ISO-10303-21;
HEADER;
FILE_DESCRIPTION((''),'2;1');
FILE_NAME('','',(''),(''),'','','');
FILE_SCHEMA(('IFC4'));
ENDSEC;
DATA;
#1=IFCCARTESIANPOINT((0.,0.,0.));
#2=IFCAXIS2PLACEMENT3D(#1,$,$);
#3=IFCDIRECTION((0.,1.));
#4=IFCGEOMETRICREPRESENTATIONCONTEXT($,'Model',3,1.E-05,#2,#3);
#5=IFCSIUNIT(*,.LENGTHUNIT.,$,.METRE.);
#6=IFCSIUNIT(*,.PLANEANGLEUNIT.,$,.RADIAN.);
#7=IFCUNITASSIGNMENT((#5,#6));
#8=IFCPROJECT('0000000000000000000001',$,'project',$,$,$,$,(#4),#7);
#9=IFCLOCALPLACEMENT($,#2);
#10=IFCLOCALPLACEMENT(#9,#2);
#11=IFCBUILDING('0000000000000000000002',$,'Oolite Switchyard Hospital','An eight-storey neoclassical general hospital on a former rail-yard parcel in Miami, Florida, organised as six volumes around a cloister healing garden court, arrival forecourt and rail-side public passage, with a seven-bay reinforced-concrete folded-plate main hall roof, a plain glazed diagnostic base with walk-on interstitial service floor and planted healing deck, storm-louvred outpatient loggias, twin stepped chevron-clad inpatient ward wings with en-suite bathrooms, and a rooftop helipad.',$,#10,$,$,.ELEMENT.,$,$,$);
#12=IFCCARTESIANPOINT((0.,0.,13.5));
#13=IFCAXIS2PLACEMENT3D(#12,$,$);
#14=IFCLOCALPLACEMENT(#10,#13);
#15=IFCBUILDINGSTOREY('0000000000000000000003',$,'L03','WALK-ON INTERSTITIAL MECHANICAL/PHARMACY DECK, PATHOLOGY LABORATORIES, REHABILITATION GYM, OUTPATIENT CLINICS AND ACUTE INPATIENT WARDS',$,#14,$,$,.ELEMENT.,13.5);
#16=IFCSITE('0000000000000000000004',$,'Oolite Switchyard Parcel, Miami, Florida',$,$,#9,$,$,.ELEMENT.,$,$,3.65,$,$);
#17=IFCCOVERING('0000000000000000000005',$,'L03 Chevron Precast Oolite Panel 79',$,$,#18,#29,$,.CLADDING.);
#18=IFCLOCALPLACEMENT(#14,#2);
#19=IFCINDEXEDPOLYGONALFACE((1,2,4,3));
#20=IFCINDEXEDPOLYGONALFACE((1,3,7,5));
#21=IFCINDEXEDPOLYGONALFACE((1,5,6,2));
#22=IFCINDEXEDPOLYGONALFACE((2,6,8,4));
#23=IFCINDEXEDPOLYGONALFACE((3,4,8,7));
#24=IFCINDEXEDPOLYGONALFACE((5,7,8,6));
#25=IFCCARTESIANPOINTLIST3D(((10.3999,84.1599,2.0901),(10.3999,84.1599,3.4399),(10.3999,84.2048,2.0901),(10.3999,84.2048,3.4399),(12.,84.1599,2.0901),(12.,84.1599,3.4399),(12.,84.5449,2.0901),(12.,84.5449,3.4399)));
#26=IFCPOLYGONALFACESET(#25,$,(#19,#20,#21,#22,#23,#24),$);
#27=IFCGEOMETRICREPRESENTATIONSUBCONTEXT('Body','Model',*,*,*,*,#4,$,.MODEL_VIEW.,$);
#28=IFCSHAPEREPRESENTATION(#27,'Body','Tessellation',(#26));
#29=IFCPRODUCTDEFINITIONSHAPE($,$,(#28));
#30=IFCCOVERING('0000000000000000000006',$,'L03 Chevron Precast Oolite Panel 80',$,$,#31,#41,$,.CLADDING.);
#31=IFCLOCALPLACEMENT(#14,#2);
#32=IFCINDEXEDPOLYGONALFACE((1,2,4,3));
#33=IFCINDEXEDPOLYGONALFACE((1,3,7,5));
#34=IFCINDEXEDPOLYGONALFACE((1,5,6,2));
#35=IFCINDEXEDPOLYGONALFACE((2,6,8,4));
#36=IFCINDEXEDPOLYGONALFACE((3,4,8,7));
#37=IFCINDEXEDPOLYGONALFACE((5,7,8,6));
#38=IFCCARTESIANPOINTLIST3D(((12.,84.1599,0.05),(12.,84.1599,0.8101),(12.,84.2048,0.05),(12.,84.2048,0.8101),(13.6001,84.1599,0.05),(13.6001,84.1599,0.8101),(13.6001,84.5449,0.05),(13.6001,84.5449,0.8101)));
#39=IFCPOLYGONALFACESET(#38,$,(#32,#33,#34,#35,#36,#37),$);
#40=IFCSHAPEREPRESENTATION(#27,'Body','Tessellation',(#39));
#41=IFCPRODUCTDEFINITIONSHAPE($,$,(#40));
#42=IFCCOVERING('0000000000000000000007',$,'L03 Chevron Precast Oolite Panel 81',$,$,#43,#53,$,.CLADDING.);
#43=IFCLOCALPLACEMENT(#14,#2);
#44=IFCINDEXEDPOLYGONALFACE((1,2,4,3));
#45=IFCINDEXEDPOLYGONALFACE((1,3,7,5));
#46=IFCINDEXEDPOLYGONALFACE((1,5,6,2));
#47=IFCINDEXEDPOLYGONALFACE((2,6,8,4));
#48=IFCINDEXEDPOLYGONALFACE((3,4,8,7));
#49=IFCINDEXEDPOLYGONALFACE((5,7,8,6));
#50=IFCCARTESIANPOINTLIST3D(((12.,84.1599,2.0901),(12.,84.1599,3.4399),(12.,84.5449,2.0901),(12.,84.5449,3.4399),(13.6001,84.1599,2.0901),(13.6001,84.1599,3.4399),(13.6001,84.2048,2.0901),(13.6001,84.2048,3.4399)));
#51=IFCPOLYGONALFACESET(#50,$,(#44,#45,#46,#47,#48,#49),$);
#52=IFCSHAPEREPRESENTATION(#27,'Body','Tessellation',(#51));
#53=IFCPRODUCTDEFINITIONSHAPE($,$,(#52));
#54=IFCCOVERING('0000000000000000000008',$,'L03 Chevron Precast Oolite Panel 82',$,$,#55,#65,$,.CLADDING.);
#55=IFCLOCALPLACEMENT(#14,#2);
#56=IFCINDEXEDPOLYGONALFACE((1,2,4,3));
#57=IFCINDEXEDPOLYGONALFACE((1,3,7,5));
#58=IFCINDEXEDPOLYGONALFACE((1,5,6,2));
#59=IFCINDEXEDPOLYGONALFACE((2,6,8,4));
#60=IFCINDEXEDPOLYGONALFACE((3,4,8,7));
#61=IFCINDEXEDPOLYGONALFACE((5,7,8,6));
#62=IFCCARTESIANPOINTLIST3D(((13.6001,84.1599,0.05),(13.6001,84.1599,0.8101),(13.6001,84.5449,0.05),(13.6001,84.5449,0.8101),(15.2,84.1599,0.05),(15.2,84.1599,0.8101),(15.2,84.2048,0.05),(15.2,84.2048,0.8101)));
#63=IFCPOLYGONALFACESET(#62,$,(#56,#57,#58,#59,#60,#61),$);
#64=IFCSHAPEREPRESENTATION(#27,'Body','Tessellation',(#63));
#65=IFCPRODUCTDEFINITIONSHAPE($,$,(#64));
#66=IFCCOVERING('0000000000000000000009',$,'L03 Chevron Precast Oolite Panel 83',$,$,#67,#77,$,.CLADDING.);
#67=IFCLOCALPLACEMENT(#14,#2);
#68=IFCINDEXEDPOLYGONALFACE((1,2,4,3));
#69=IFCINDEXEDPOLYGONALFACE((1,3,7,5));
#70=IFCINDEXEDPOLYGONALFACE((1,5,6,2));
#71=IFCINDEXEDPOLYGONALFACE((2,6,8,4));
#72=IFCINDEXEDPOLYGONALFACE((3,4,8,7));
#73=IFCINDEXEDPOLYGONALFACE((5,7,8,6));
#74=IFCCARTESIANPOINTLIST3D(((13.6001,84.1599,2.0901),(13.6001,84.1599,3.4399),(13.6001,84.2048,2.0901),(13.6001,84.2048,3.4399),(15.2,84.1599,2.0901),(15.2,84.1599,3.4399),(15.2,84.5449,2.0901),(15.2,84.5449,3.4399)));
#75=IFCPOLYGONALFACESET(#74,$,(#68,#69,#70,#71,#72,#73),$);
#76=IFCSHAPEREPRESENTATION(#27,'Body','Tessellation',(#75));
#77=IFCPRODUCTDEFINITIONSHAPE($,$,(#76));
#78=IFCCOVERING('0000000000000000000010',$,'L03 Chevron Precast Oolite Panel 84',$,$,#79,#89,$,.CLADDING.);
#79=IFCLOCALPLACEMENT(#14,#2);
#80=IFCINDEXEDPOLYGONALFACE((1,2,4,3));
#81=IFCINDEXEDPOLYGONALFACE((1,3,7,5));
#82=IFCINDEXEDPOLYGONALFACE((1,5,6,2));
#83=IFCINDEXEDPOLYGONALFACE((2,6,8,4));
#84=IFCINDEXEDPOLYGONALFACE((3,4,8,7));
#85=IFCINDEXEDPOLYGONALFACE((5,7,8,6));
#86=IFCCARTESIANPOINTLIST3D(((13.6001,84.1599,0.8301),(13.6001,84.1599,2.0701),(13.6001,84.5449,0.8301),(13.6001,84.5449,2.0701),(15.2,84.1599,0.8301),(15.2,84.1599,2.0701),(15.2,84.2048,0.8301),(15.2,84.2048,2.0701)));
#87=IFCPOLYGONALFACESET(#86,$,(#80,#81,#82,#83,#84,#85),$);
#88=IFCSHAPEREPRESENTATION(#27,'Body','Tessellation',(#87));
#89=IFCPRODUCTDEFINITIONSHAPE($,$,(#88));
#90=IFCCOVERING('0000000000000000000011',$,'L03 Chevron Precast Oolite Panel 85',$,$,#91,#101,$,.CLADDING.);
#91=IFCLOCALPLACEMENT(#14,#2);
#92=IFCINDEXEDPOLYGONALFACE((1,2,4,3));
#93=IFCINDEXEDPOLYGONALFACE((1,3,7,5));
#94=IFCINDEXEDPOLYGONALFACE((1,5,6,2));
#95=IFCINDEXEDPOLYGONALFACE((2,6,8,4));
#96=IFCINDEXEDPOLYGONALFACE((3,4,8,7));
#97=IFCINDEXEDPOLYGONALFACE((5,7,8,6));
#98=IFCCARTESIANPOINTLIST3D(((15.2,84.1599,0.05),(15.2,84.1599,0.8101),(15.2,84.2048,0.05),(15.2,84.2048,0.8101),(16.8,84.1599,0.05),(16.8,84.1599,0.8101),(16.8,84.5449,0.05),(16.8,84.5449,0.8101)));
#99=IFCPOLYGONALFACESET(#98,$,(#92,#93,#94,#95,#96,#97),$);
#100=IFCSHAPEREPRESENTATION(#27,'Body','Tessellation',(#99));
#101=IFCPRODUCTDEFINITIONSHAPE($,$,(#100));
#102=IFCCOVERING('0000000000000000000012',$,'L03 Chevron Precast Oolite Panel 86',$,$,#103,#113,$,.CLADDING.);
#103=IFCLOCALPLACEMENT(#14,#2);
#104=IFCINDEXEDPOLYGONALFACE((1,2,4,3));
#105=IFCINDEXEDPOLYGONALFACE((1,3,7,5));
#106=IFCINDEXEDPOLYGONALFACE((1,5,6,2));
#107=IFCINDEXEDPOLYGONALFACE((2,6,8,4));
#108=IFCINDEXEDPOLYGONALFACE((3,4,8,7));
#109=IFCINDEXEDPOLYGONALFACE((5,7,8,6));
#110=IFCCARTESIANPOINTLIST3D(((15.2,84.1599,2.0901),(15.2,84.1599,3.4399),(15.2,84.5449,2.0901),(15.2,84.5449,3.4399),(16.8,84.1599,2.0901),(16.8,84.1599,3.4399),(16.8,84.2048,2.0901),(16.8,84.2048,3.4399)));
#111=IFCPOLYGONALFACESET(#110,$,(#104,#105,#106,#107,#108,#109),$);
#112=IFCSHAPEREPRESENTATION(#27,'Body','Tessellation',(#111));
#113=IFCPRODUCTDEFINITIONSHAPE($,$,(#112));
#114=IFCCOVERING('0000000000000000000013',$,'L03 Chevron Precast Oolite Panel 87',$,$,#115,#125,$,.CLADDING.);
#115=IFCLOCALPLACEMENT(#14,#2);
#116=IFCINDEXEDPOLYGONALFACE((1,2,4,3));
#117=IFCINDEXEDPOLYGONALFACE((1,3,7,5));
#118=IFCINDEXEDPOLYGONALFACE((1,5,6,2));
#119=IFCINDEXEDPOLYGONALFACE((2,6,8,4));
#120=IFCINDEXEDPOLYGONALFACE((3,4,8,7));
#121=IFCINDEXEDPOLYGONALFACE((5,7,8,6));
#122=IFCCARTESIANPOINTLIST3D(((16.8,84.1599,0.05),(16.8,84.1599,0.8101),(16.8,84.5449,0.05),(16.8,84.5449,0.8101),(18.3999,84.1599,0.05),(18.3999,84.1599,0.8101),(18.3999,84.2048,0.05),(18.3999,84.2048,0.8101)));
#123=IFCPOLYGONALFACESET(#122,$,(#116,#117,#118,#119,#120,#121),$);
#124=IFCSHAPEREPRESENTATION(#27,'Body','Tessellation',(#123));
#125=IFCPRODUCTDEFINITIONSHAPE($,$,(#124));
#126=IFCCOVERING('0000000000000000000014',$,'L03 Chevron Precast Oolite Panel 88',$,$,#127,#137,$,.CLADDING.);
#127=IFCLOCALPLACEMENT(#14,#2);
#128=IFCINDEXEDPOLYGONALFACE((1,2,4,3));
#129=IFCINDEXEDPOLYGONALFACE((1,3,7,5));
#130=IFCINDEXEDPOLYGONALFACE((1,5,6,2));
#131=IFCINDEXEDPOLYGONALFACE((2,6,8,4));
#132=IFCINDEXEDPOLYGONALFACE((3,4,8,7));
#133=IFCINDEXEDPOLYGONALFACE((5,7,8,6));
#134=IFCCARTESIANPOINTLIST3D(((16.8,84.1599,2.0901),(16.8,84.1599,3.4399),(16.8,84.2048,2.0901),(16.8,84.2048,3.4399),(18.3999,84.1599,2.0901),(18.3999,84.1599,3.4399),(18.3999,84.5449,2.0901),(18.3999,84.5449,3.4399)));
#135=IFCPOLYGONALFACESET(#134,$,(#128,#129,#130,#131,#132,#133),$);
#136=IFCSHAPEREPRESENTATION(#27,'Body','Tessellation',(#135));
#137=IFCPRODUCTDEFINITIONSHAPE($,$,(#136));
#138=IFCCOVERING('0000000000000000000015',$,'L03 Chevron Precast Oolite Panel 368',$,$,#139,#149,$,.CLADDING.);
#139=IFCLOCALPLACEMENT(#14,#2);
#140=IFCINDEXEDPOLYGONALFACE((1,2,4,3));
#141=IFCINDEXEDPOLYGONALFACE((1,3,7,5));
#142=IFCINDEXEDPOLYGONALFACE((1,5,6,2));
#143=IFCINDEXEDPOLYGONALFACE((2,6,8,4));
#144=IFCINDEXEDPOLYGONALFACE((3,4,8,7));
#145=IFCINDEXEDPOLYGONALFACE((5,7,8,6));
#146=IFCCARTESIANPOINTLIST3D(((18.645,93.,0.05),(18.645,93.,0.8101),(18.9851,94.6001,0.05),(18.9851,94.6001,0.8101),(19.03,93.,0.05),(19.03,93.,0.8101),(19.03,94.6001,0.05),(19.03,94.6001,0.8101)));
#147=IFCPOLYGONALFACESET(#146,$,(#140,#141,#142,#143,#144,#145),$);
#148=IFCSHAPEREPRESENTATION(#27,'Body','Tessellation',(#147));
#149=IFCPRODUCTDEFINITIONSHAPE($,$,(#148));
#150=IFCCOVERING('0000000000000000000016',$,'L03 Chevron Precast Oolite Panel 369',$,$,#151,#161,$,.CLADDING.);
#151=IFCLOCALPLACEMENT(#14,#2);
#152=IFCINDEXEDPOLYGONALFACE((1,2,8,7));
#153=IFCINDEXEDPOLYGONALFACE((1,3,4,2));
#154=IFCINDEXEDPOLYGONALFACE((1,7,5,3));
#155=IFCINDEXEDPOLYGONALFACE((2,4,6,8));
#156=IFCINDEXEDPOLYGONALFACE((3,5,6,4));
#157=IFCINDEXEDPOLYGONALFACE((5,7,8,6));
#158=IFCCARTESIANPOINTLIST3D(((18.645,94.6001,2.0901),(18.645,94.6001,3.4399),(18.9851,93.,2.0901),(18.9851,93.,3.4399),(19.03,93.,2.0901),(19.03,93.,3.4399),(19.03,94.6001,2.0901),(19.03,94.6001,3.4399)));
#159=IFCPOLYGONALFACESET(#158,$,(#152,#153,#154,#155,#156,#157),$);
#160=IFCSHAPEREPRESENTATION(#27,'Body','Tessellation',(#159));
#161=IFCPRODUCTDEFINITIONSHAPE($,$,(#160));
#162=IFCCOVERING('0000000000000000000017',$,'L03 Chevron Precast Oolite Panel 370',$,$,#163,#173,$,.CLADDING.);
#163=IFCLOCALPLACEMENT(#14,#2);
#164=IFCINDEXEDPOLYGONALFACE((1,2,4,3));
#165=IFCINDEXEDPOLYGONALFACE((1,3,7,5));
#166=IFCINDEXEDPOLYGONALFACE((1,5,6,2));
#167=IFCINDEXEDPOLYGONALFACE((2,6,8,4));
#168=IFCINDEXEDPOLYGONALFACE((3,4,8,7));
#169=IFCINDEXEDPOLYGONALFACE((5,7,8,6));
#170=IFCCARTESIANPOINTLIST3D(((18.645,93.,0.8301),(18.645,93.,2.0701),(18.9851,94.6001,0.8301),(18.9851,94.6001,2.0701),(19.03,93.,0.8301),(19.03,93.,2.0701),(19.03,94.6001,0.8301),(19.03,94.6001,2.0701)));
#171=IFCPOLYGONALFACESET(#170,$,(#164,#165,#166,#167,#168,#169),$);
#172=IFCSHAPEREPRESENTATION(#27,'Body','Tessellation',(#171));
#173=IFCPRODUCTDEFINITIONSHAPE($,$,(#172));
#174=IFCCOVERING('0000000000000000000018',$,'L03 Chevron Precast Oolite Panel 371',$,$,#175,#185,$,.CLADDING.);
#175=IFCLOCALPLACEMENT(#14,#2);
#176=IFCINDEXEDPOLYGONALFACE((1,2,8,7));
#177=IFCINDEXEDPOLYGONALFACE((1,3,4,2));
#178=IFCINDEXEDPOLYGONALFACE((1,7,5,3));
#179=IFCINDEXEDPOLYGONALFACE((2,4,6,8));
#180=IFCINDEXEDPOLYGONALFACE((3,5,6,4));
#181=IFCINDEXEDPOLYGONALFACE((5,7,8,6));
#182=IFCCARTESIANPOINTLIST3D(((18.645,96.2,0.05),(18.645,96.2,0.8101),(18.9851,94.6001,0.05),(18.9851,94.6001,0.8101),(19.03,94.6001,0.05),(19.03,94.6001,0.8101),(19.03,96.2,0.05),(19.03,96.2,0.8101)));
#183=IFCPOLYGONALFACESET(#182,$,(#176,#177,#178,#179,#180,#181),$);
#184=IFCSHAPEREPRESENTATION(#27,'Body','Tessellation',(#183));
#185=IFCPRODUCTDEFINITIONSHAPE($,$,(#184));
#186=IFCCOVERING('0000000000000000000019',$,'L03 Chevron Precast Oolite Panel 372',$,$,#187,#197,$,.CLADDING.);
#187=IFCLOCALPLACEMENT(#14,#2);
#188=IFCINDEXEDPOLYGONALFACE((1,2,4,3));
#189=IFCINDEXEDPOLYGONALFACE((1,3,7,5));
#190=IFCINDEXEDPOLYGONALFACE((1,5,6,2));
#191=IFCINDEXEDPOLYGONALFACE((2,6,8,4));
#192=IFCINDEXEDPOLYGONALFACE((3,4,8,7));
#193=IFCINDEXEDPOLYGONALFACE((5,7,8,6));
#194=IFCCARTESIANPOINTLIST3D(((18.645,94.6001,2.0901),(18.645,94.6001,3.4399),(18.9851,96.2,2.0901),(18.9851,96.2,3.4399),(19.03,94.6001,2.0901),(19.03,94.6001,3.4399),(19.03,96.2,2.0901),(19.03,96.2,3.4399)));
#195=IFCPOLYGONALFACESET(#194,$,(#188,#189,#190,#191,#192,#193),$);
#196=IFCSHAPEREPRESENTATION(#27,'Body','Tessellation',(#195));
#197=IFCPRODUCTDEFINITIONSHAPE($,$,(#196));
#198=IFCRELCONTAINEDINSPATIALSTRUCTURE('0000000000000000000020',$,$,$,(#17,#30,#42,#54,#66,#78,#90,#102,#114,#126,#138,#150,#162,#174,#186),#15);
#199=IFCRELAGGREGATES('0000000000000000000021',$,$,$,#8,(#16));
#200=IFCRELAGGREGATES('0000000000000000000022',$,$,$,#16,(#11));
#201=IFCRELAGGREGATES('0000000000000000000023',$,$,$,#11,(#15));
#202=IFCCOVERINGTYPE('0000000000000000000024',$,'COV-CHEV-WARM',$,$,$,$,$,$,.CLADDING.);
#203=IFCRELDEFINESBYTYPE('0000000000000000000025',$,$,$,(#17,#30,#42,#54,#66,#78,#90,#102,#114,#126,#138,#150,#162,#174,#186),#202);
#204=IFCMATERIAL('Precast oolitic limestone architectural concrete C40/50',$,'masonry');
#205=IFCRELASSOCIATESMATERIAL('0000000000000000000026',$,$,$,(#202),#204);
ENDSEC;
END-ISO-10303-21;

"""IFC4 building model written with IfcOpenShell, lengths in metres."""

from ifc_helpers import new_model, si_unit, direction, frame, origin, place, context, subcontext, project, spatial, polyline, outline, extrude, material, type_object, element, save


model = new_model("IFC4")

# Units and contexts
model_context = context("Model", 3, precision=1e-05, world=origin(), true_north=direction((0.0, 1.0)))
body_context = subcontext(model_context, "Body", "Model", "MODEL_VIEW")
ifc_project = project(units=[si_unit("LENGTHUNIT", "METRE"), si_unit("PLANEANGLEUNIT", "RADIAN")], contexts=[model_context])

# Site, building, storey
site_placement = place(None, origin())
site = spatial("IfcSite", under=ifc_project, at=site_placement, Name="Oolite Switchyard Parcel, Miami, Florida", CompositionType="ELEMENT", RefElevation=3.65)
building_placement = place(site_placement, origin())
building = spatial("IfcBuilding", under=site, at=building_placement, Name="Oolite Switchyard Hospital", Description="An eight-storey neoclassical general hospital on a former rail-yard parcel in Miami, Florida, organised as six volumes around a cloister healing garden court, arrival forecourt and rail-side public passage, with a seven-bay reinforced-concrete folded-plate main hall roof, a plain glazed diagnostic base with walk-on interstitial service floor and planted healing deck, storm-louvred outpatient loggias, twin stepped chevron-clad inpatient ward wings with en-suite bathrooms, and a rooftop helipad.", CompositionType="ELEMENT")
storey_placement = place(building_placement, frame((0.0, 0.0, 13.5)))
storey = spatial("IfcBuildingStorey", under=building, at=storey_placement, Name="L03", Description="WALK-ON INTERSTITIAL MECHANICAL/PHARMACY DECK, PATHOLOGY LABORATORIES, REHABILITATION GYM, OUTPATIENT CLINICS AND ACUTE INPATIENT WARDS", CompositionType="ELEMENT", Elevation=13.5)

# Coverings
ifc_material_1 = material(Name="Precast oolitic limestone architectural concrete C40/50", Category="masonry")
covering_type = type_object("IfcCoveringType", Name="COV-CHEV-WARM", PredefinedType="CLADDING", material=ifc_material_1)
covering_1_placement = place(storey_placement, frame((10.3999, 84.1599, 2.0901), z_axis=(0.0, 0.0, 1.0), x_axis=(1.0, 0.0, 0.0)))
element("IfcCovering", 1, at=covering_1_placement, inside=storey, type_object=covering_type, Name="L03 Chevron Precast Oolite Panel 79", PredefinedType="CLADDING", context=body_context, shape_type="SweptSolid", body=[
    extrude(outline(polyline([(0.0, 0.0), (1.6001, 0.0), (1.6001, 0.385), (0.0, 0.0449), (0.0, 0.0)])), origin(), (0.0, 0.0, 1.0), 1.3499),
])
covering_2_placement = place(storey_placement, frame((12.0, 84.1599, 0.05), z_axis=(0.0, 0.0, 1.0), x_axis=(1.0, 0.0, 0.0)))
element("IfcCovering", 2, at=covering_2_placement, inside=storey, type_object=covering_type, Name="L03 Chevron Precast Oolite Panel 80", PredefinedType="CLADDING", context=body_context, shape_type="SweptSolid", body=[
    extrude(outline(polyline([(0.0, 0.0), (1.6001, 0.0), (1.6001, 0.385), (0.0, 0.0449), (0.0, 0.0)])), origin(), (0.0, 0.0, 1.0), 0.76),
])
covering_3_placement = place(storey_placement, frame((12.0, 84.1599, 2.0901), z_axis=(0.0, 0.0, 1.0), x_axis=(1.0, 0.0, 0.0)))
element("IfcCovering", 3, at=covering_3_placement, inside=storey, type_object=covering_type, Name="L03 Chevron Precast Oolite Panel 81", PredefinedType="CLADDING", context=body_context, shape_type="SweptSolid", body=[
    extrude(outline(polyline([(0.0, 0.0), (1.6001, 0.0), (1.6001, 0.0449), (0.0, 0.385), (0.0, 0.0)])), origin(), (0.0, 0.0, 1.0), 1.3499),
])
covering_4_placement = place(storey_placement, frame((13.6001, 84.1599, 0.05), z_axis=(0.0, 0.0, 1.0), x_axis=(1.0, 0.0, 0.0)))
element("IfcCovering", 4, at=covering_4_placement, inside=storey, type_object=covering_type, Name="L03 Chevron Precast Oolite Panel 82", PredefinedType="CLADDING", context=body_context, shape_type="SweptSolid", body=[
    extrude(outline(polyline([(0.0, 0.0), (1.5999, 0.0), (1.5999, 0.0449), (0.0, 0.385), (0.0, 0.0)])), origin(), (0.0, 0.0, 1.0), 0.76),
])
covering_5_placement = place(storey_placement, frame((13.6001, 84.1599, 2.0901), z_axis=(0.0, 0.0, 1.0), x_axis=(1.0, 0.0, 0.0)))
element("IfcCovering", 5, at=covering_5_placement, inside=storey, type_object=covering_type, Name="L03 Chevron Precast Oolite Panel 83", PredefinedType="CLADDING", context=body_context, shape_type="SweptSolid", body=[
    extrude(outline(polyline([(0.0, 0.0), (1.5999, 0.0), (1.5999, 0.385), (0.0, 0.0449), (0.0, 0.0)])), origin(), (0.0, 0.0, 1.0), 1.3499),
])
covering_6_placement = place(storey_placement, frame((13.6001, 84.1599, 0.8301), z_axis=(0.0, 0.0, 1.0), x_axis=(1.0, 0.0, 0.0)))
element("IfcCovering", 6, at=covering_6_placement, inside=storey, type_object=covering_type, Name="L03 Chevron Precast Oolite Panel 84", PredefinedType="CLADDING", context=body_context, shape_type="SweptSolid", body=[
    extrude(outline(polyline([(0.0, 0.0), (1.5999, 0.0), (1.5999, 0.0449), (0.0, 0.385), (0.0, 0.0)])), origin(), (0.0, 0.0, 1.0), 1.24),
])
covering_7_placement = place(storey_placement, frame((15.2, 84.1599, 0.05), z_axis=(0.0, 0.0, 1.0), x_axis=(1.0, 0.0, 0.0)))
element("IfcCovering", 7, at=covering_7_placement, inside=storey, type_object=covering_type, Name="L03 Chevron Precast Oolite Panel 85", PredefinedType="CLADDING", context=body_context, shape_type="SweptSolid", body=[
    extrude(outline(polyline([(0.0, 0.0), (1.6001, 0.0), (1.6001, 0.385), (0.0, 0.0449), (0.0, 0.0)])), origin(), (0.0, 0.0, 1.0), 0.76),
])
covering_8_placement = place(storey_placement, frame((15.2, 84.1599, 2.0901), z_axis=(0.0, 0.0, 1.0), x_axis=(1.0, 0.0, 0.0)))
element("IfcCovering", 8, at=covering_8_placement, inside=storey, type_object=covering_type, Name="L03 Chevron Precast Oolite Panel 86", PredefinedType="CLADDING", context=body_context, shape_type="SweptSolid", body=[
    extrude(outline(polyline([(0.0, 0.0), (1.6001, 0.0), (1.6001, 0.0449), (0.0, 0.385), (0.0, 0.0)])), origin(), (0.0, 0.0, 1.0), 1.3499),
])
covering_9_placement = place(storey_placement, frame((16.8, 84.1599, 0.05), z_axis=(0.0, 0.0, 1.0), x_axis=(1.0, 0.0, 0.0)))
element("IfcCovering", 9, at=covering_9_placement, inside=storey, type_object=covering_type, Name="L03 Chevron Precast Oolite Panel 87", PredefinedType="CLADDING", context=body_context, shape_type="SweptSolid", body=[
    extrude(outline(polyline([(0.0, 0.0), (1.5999, 0.0), (1.5999, 0.0449), (0.0, 0.385), (0.0, 0.0)])), origin(), (0.0, 0.0, 1.0), 0.76),
])
covering_10_placement = place(storey_placement, frame((16.8, 84.1599, 2.0901), z_axis=(0.0, 0.0, 1.0), x_axis=(1.0, 0.0, 0.0)))
element("IfcCovering", 10, at=covering_10_placement, inside=storey, type_object=covering_type, Name="L03 Chevron Precast Oolite Panel 88", PredefinedType="CLADDING", context=body_context, shape_type="SweptSolid", body=[
    extrude(outline(polyline([(0.0, 0.0), (1.5999, 0.0), (1.5999, 0.385), (0.0, 0.0449), (0.0, 0.0)])), origin(), (0.0, 0.0, 1.0), 1.3499),
])
covering_11_placement = place(storey_placement, frame((19.03, 93.0, 0.05), z_axis=(0.0, 0.0, 1.0), x_axis=(0.0, 1.0, 0.0)))
element("IfcCovering", 11, at=covering_11_placement, inside=storey, type_object=covering_type, Name="L03 Chevron Precast Oolite Panel 368", PredefinedType="CLADDING", context=body_context, shape_type="SweptSolid", body=[
    extrude(outline(polyline([(0.0, 0.0), (1.6001, 0.0), (1.6001, 0.0449), (0.0, 0.385), (0.0, 0.0)])), origin(), (0.0, 0.0, 1.0), 0.76),
])
covering_12_placement = place(storey_placement, frame((19.03, 93.0, 2.0901), z_axis=(0.0, 0.0, 1.0), x_axis=(0.0, 1.0, 0.0)))
element("IfcCovering", 12, at=covering_12_placement, inside=storey, type_object=covering_type, Name="L03 Chevron Precast Oolite Panel 369", PredefinedType="CLADDING", context=body_context, shape_type="SweptSolid", body=[
    extrude(outline(polyline([(0.0, 0.0), (1.6001, 0.0), (1.6001, 0.385), (0.0, 0.0449), (0.0, 0.0)])), origin(), (0.0, 0.0, 1.0), 1.3499),
])
covering_13_placement = place(storey_placement, frame((19.03, 93.0, 0.8301), z_axis=(0.0, 0.0, 1.0), x_axis=(0.0, 1.0, 0.0)))
element("IfcCovering", 13, at=covering_13_placement, inside=storey, type_object=covering_type, Name="L03 Chevron Precast Oolite Panel 370", PredefinedType="CLADDING", context=body_context, shape_type="SweptSolid", body=[
    extrude(outline(polyline([(0.0, 0.0), (1.6001, 0.0), (1.6001, 0.0449), (0.0, 0.385), (0.0, 0.0)])), origin(), (0.0, 0.0, 1.0), 1.24),
])
covering_14_placement = place(storey_placement, frame((19.03, 94.6001, 0.05), z_axis=(0.0, 0.0, 1.0), x_axis=(0.0, 1.0, 0.0)))
element("IfcCovering", 14, at=covering_14_placement, inside=storey, type_object=covering_type, Name="L03 Chevron Precast Oolite Panel 371", PredefinedType="CLADDING", context=body_context, shape_type="SweptSolid", body=[
    extrude(outline(polyline([(0.0, 0.0), (1.5999, 0.0), (1.5999, 0.385), (0.0, 0.0449), (0.0, 0.0)])), origin(), (0.0, 0.0, 1.0), 0.76),
])
covering_15_placement = place(storey_placement, frame((19.03, 94.6001, 2.0901), z_axis=(0.0, 0.0, 1.0), x_axis=(0.0, 1.0, 0.0)))
element("IfcCovering", 15, at=covering_15_placement, inside=storey, type_object=covering_type, Name="L03 Chevron Precast Oolite Panel 372", PredefinedType="CLADDING", context=body_context, shape_type="SweptSolid", body=[
    extrude(outline(polyline([(0.0, 0.0), (1.5999, 0.0), (1.5999, 0.0449), (0.0, 0.385), (0.0, 0.0)])), origin(), (0.0, 0.0, 1.0), 1.3499),
])

save(model, "model.ifc")
